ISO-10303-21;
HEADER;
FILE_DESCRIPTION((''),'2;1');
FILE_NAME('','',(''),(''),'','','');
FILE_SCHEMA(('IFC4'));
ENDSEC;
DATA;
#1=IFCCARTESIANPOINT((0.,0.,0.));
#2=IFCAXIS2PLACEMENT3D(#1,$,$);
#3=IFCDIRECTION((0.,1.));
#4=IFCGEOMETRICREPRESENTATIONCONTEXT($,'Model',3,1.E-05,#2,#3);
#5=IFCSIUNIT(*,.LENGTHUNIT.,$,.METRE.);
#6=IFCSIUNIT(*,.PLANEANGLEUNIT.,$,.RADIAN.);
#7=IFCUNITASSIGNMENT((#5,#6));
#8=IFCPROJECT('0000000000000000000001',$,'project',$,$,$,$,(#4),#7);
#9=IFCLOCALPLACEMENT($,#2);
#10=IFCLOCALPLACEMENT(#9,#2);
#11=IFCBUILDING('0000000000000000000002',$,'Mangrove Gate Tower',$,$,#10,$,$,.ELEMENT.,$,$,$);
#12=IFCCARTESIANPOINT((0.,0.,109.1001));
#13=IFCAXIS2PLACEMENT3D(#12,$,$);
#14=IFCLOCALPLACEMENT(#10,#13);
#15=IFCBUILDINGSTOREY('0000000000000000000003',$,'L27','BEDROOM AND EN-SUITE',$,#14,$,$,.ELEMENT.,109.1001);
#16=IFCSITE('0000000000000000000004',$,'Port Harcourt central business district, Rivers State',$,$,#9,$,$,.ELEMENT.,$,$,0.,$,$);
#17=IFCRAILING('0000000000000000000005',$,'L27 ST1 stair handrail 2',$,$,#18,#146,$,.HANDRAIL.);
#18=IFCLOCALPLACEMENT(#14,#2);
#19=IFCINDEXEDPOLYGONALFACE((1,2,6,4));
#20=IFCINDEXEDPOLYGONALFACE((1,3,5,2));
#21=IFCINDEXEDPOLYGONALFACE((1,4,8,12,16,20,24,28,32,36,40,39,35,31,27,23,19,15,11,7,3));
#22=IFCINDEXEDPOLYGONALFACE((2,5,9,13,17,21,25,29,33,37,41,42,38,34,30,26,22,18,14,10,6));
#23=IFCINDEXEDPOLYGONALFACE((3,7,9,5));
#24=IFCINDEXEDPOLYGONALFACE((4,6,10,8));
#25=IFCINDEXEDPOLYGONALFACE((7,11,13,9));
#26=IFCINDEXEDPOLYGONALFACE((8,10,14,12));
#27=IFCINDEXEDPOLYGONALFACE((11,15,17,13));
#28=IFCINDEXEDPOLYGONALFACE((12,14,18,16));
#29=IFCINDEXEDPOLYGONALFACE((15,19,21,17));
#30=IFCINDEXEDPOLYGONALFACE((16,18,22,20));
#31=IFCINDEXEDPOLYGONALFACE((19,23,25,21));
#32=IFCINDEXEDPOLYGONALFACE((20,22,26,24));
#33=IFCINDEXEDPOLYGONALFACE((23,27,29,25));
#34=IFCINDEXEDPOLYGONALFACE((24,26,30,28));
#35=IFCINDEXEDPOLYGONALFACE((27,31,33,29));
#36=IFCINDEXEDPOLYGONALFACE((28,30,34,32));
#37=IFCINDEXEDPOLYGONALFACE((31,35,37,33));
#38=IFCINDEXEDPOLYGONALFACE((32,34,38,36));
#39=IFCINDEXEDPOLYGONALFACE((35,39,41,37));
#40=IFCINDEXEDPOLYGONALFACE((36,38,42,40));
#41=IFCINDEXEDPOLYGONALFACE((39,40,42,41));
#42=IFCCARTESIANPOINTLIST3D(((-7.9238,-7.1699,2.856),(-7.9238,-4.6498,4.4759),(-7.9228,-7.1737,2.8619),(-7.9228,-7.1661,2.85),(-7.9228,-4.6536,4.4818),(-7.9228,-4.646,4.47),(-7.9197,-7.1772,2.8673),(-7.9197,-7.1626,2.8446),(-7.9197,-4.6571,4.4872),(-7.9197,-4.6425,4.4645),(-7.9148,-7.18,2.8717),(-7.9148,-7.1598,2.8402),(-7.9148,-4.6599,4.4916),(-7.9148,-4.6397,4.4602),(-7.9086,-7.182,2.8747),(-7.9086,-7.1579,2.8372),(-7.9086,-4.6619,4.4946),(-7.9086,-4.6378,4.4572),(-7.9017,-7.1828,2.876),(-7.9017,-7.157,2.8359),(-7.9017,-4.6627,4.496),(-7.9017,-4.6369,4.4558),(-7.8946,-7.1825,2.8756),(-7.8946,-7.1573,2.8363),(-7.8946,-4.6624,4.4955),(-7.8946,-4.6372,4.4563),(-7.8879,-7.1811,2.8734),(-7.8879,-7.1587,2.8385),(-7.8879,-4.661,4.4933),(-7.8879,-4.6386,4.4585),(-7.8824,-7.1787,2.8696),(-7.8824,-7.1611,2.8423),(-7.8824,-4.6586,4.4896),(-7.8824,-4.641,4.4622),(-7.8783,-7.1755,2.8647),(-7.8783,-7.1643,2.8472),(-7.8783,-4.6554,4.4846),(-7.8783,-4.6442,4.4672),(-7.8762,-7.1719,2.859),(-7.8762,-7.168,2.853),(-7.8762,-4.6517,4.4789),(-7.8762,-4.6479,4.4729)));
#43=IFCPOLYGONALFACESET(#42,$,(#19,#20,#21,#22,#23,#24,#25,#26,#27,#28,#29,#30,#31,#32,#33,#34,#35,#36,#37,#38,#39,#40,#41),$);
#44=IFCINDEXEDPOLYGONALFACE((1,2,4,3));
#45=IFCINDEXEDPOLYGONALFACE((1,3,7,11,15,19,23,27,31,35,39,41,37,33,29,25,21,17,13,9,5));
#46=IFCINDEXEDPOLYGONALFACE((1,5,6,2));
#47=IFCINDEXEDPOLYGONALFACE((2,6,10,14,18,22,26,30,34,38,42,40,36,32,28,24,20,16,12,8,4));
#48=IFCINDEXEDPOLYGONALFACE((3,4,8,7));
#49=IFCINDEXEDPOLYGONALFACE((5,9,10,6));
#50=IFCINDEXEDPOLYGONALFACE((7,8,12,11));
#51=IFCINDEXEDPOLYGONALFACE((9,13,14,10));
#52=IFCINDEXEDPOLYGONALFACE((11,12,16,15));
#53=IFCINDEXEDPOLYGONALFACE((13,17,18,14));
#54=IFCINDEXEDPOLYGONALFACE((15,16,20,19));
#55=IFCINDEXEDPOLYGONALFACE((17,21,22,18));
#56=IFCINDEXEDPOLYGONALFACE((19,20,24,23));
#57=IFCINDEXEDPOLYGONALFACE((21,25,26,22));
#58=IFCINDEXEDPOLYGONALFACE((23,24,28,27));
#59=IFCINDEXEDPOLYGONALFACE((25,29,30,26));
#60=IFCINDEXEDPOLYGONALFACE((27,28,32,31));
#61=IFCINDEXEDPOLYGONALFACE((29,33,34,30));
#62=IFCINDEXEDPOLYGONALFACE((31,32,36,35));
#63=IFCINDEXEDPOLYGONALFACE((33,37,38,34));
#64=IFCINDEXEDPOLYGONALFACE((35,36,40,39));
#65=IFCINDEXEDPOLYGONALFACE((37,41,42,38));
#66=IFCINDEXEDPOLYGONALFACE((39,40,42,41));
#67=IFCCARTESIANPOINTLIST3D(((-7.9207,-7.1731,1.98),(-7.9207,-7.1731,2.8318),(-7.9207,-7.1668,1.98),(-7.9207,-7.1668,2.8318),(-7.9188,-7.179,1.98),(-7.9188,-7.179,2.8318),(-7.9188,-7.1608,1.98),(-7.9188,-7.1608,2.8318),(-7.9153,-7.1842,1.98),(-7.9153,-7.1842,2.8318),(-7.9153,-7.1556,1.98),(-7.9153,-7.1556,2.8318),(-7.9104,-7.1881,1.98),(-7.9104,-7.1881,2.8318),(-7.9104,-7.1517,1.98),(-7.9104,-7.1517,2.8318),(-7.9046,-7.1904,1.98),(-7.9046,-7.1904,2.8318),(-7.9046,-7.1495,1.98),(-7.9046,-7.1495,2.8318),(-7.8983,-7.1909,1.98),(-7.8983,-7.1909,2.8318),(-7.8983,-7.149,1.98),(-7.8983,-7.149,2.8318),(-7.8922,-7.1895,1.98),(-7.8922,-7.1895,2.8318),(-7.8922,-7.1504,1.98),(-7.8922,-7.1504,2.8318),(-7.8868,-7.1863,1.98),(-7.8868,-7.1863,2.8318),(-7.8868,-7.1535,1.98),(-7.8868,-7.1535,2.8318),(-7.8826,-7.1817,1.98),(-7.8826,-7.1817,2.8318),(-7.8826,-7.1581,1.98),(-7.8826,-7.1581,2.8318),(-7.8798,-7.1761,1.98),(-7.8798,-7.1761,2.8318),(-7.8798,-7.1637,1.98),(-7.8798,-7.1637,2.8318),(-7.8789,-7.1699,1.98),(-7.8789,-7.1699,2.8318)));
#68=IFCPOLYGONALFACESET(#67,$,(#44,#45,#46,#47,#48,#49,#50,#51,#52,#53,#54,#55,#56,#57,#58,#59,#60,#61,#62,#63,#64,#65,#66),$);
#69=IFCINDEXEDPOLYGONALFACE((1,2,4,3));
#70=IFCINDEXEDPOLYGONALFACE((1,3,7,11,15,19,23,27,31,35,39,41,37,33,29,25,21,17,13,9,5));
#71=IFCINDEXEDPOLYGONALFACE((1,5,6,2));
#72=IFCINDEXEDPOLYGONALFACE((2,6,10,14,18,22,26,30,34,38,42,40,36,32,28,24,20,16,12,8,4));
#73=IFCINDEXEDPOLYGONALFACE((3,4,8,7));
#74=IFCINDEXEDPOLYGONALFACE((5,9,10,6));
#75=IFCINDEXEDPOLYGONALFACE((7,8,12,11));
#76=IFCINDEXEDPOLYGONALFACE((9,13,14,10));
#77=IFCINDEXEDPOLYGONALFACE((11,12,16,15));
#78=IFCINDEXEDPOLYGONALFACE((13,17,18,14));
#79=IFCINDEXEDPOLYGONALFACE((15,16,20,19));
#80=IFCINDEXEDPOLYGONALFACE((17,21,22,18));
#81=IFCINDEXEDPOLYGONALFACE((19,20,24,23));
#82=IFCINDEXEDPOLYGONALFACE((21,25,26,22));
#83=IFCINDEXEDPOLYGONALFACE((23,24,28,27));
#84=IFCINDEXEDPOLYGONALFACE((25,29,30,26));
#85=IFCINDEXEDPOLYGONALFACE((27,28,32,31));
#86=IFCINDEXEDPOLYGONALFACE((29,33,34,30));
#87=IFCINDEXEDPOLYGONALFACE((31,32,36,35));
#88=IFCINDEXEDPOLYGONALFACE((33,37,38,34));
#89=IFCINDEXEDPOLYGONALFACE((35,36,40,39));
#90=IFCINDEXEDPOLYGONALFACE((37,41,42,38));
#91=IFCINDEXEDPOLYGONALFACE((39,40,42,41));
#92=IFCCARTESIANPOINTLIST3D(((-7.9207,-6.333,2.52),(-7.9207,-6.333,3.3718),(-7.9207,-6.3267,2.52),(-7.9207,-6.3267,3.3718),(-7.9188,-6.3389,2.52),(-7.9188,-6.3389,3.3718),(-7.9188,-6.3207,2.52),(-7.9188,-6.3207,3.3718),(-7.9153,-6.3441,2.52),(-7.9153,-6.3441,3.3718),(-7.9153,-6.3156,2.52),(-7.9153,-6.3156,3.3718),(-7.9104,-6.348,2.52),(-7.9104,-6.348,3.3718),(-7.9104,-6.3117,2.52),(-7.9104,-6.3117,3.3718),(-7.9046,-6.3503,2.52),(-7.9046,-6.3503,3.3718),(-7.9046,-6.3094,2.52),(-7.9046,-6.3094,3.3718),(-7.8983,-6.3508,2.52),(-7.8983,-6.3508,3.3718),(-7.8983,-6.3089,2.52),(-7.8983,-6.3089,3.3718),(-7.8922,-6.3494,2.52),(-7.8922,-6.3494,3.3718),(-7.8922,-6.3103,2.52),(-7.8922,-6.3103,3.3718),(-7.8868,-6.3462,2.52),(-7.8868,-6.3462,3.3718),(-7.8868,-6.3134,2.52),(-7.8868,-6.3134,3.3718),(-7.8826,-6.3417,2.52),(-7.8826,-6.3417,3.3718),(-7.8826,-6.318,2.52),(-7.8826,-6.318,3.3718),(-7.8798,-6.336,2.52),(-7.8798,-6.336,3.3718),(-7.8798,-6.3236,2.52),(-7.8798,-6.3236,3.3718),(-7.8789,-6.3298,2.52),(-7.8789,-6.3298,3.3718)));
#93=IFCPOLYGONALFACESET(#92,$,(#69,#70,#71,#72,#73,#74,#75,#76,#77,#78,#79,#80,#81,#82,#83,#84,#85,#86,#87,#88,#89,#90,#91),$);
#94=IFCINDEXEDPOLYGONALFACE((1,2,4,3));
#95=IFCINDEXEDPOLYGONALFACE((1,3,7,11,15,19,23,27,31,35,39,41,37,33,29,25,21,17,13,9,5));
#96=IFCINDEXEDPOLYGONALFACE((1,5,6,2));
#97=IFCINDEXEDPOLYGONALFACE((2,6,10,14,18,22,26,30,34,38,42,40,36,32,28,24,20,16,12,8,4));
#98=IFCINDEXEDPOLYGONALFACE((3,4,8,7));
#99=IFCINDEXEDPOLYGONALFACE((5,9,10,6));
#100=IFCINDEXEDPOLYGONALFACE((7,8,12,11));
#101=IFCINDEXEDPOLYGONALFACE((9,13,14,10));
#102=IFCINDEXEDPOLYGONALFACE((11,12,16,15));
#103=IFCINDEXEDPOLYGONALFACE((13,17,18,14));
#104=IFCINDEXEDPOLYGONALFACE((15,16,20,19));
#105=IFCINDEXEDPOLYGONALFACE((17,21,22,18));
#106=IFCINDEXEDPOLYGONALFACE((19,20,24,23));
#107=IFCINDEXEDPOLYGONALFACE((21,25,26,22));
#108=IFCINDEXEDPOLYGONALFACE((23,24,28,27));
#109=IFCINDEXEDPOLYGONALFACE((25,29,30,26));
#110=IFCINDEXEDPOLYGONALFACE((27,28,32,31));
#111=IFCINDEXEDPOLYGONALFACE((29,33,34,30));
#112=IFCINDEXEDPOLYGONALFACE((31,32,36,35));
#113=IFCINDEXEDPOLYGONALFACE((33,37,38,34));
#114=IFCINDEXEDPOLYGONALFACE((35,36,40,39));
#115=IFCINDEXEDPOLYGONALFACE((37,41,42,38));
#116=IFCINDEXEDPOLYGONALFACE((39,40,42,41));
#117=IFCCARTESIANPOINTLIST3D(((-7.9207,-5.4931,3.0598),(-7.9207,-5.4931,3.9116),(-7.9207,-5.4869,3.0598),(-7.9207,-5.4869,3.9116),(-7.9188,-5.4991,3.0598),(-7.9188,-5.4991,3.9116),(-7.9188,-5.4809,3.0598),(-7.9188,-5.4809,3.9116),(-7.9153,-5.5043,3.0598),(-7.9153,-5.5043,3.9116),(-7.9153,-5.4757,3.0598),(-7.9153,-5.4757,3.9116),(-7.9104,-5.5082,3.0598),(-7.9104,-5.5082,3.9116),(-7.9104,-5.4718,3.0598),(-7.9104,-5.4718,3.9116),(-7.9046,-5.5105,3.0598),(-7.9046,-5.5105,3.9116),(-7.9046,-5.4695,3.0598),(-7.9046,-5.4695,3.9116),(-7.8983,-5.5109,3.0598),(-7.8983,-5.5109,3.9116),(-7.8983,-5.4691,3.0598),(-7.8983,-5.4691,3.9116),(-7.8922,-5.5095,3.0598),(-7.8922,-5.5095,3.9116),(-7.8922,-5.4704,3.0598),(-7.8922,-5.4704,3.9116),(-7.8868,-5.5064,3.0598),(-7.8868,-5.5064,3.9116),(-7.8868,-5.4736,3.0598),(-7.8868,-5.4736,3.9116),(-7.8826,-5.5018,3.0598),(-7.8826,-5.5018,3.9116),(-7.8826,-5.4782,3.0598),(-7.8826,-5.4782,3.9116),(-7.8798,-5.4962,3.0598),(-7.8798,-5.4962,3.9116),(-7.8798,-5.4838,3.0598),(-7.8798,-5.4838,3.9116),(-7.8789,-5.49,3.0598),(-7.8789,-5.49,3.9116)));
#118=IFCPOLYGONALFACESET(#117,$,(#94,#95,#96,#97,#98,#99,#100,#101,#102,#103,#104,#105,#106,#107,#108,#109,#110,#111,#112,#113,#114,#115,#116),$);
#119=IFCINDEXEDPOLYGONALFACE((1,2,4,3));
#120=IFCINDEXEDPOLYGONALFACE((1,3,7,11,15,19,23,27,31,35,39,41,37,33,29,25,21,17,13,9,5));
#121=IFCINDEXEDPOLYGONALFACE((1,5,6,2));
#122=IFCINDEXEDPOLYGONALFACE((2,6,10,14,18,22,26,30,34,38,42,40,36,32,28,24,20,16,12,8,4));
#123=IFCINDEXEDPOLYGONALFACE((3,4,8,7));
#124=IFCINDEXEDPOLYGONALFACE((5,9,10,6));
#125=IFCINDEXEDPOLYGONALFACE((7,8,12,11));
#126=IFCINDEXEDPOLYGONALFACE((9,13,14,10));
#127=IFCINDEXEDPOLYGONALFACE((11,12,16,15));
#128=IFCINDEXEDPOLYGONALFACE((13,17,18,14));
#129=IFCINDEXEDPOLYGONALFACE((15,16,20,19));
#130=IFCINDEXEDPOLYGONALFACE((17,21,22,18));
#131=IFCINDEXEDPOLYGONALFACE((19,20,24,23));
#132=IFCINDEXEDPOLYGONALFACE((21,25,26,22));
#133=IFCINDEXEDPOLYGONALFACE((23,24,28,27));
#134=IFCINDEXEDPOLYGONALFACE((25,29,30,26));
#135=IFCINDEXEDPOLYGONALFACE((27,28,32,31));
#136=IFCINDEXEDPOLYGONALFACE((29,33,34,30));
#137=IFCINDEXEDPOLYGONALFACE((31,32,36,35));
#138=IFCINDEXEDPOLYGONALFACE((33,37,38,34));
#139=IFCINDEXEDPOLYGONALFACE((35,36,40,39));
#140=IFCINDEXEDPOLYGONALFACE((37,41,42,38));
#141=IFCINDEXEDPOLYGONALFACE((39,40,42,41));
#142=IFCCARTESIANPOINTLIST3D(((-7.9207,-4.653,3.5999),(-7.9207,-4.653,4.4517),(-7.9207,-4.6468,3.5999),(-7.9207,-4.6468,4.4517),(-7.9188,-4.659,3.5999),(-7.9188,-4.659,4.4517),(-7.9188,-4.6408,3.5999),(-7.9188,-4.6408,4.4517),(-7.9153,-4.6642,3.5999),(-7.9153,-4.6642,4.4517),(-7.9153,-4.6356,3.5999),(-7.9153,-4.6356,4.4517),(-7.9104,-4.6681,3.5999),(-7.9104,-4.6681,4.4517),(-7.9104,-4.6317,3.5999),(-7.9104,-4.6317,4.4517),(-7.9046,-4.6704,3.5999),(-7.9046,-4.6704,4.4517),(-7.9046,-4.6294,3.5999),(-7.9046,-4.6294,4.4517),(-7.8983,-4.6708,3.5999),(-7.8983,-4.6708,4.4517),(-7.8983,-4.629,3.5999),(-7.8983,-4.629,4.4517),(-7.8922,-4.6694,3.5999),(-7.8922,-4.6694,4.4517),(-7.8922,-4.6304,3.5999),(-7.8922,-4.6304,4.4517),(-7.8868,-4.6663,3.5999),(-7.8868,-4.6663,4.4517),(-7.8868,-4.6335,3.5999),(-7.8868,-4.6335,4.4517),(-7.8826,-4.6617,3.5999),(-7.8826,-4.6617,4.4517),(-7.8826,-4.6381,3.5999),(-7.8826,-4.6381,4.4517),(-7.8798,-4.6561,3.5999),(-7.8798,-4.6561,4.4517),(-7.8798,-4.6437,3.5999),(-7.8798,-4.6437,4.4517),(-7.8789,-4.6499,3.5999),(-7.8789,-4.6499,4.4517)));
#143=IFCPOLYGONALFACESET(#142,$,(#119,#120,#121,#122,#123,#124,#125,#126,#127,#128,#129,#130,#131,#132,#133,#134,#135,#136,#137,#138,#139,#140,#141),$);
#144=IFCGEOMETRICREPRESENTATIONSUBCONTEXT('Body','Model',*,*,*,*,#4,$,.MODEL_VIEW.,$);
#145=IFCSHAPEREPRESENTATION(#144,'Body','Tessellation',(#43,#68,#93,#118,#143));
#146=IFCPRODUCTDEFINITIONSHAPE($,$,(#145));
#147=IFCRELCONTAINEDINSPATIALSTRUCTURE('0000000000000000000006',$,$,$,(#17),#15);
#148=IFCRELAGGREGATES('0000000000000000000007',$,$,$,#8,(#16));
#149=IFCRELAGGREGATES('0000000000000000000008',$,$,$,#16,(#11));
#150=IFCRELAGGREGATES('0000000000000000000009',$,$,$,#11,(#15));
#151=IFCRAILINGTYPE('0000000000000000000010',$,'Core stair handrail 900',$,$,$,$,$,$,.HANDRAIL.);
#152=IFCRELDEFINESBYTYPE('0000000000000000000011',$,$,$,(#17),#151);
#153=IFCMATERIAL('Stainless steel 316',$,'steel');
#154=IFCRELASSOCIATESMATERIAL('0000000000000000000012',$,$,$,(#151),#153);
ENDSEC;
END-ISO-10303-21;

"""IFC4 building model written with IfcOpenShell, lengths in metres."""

from ifc_helpers import new_model, si_unit, direction, frame, origin, origin_2d, place, context, subcontext, project, spatial, circle, extrude, material, type_object, element, save


model = new_model("IFC4")

# Units and contexts
model_context = context("Model", 3, precision=1e-05, world=origin(), true_north=direction((0.0, 1.0)))
body_context = subcontext(model_context, "Body", "Model", "MODEL_VIEW")
ifc_project = project(units=[si_unit("LENGTHUNIT", "METRE"), si_unit("PLANEANGLEUNIT", "RADIAN")], contexts=[model_context])

# Site, building, storey
site_placement = place(None, origin())
site = spatial("IfcSite", under=ifc_project, at=site_placement, Name="Port Harcourt central business district, Rivers State", CompositionType="ELEMENT", RefElevation=0.0)
building_placement = place(site_placement, origin())
building = spatial("IfcBuilding", under=site, at=building_placement, Name="Mangrove Gate Tower", CompositionType="ELEMENT")
storey_placement = place(building_placement, frame((0.0, 0.0, 109.1001)))
storey = spatial("IfcBuildingStorey", under=building, at=storey_placement, Name="L27", Description="BEDROOM AND EN-SUITE", CompositionType="ELEMENT", Elevation=109.1001)

# Railing
ifc_material_1 = material(Name="Stainless steel 316", Category="steel")
railing_type_1 = type_object("IfcRailingType", Name="Core stair handrail 900", PredefinedType="HANDRAIL", material=ifc_material_1)
railing_1_placement = place(storey_placement, frame((-7.8999, -7.1699, 1.98)))
element("IfcRailing", 1, at=railing_1_placement, inside=storey, type_object=railing_type_1, Name="L27 ST1 stair handrail 2", PredefinedType="HANDRAIL", context=body_context, shape_type="SweptSolid", body=[
    extrude(circle(Radius=0.0239, at=origin_2d()), frame((0.0, 0.0, 0.876), z_axis=(0.0, 0.8412, 0.540725), x_axis=(-1.0, 0.0, 0.0)), (0.0, 0.0, 1.0), 2.9958),
    extrude(circle(Radius=0.021, at=origin_2d()), origin(), (0.0, 0.0, 1.0), 0.8518),
    extrude(circle(Radius=0.021, at=origin_2d()), frame((0.0, 0.8401, 0.54)), (0.0, 0.0, 1.0), 0.8518),
    extrude(circle(Radius=0.021, at=origin_2d()), frame((0.0, 1.6799, 1.0798)), (0.0, 0.0, 1.0), 0.8518),
    extrude(circle(Radius=0.021, at=origin_2d()), frame((0.0, 2.52, 1.6199)), (0.0, 0.0, 1.0), 0.8518),
])

save(model, "model.ifc")
